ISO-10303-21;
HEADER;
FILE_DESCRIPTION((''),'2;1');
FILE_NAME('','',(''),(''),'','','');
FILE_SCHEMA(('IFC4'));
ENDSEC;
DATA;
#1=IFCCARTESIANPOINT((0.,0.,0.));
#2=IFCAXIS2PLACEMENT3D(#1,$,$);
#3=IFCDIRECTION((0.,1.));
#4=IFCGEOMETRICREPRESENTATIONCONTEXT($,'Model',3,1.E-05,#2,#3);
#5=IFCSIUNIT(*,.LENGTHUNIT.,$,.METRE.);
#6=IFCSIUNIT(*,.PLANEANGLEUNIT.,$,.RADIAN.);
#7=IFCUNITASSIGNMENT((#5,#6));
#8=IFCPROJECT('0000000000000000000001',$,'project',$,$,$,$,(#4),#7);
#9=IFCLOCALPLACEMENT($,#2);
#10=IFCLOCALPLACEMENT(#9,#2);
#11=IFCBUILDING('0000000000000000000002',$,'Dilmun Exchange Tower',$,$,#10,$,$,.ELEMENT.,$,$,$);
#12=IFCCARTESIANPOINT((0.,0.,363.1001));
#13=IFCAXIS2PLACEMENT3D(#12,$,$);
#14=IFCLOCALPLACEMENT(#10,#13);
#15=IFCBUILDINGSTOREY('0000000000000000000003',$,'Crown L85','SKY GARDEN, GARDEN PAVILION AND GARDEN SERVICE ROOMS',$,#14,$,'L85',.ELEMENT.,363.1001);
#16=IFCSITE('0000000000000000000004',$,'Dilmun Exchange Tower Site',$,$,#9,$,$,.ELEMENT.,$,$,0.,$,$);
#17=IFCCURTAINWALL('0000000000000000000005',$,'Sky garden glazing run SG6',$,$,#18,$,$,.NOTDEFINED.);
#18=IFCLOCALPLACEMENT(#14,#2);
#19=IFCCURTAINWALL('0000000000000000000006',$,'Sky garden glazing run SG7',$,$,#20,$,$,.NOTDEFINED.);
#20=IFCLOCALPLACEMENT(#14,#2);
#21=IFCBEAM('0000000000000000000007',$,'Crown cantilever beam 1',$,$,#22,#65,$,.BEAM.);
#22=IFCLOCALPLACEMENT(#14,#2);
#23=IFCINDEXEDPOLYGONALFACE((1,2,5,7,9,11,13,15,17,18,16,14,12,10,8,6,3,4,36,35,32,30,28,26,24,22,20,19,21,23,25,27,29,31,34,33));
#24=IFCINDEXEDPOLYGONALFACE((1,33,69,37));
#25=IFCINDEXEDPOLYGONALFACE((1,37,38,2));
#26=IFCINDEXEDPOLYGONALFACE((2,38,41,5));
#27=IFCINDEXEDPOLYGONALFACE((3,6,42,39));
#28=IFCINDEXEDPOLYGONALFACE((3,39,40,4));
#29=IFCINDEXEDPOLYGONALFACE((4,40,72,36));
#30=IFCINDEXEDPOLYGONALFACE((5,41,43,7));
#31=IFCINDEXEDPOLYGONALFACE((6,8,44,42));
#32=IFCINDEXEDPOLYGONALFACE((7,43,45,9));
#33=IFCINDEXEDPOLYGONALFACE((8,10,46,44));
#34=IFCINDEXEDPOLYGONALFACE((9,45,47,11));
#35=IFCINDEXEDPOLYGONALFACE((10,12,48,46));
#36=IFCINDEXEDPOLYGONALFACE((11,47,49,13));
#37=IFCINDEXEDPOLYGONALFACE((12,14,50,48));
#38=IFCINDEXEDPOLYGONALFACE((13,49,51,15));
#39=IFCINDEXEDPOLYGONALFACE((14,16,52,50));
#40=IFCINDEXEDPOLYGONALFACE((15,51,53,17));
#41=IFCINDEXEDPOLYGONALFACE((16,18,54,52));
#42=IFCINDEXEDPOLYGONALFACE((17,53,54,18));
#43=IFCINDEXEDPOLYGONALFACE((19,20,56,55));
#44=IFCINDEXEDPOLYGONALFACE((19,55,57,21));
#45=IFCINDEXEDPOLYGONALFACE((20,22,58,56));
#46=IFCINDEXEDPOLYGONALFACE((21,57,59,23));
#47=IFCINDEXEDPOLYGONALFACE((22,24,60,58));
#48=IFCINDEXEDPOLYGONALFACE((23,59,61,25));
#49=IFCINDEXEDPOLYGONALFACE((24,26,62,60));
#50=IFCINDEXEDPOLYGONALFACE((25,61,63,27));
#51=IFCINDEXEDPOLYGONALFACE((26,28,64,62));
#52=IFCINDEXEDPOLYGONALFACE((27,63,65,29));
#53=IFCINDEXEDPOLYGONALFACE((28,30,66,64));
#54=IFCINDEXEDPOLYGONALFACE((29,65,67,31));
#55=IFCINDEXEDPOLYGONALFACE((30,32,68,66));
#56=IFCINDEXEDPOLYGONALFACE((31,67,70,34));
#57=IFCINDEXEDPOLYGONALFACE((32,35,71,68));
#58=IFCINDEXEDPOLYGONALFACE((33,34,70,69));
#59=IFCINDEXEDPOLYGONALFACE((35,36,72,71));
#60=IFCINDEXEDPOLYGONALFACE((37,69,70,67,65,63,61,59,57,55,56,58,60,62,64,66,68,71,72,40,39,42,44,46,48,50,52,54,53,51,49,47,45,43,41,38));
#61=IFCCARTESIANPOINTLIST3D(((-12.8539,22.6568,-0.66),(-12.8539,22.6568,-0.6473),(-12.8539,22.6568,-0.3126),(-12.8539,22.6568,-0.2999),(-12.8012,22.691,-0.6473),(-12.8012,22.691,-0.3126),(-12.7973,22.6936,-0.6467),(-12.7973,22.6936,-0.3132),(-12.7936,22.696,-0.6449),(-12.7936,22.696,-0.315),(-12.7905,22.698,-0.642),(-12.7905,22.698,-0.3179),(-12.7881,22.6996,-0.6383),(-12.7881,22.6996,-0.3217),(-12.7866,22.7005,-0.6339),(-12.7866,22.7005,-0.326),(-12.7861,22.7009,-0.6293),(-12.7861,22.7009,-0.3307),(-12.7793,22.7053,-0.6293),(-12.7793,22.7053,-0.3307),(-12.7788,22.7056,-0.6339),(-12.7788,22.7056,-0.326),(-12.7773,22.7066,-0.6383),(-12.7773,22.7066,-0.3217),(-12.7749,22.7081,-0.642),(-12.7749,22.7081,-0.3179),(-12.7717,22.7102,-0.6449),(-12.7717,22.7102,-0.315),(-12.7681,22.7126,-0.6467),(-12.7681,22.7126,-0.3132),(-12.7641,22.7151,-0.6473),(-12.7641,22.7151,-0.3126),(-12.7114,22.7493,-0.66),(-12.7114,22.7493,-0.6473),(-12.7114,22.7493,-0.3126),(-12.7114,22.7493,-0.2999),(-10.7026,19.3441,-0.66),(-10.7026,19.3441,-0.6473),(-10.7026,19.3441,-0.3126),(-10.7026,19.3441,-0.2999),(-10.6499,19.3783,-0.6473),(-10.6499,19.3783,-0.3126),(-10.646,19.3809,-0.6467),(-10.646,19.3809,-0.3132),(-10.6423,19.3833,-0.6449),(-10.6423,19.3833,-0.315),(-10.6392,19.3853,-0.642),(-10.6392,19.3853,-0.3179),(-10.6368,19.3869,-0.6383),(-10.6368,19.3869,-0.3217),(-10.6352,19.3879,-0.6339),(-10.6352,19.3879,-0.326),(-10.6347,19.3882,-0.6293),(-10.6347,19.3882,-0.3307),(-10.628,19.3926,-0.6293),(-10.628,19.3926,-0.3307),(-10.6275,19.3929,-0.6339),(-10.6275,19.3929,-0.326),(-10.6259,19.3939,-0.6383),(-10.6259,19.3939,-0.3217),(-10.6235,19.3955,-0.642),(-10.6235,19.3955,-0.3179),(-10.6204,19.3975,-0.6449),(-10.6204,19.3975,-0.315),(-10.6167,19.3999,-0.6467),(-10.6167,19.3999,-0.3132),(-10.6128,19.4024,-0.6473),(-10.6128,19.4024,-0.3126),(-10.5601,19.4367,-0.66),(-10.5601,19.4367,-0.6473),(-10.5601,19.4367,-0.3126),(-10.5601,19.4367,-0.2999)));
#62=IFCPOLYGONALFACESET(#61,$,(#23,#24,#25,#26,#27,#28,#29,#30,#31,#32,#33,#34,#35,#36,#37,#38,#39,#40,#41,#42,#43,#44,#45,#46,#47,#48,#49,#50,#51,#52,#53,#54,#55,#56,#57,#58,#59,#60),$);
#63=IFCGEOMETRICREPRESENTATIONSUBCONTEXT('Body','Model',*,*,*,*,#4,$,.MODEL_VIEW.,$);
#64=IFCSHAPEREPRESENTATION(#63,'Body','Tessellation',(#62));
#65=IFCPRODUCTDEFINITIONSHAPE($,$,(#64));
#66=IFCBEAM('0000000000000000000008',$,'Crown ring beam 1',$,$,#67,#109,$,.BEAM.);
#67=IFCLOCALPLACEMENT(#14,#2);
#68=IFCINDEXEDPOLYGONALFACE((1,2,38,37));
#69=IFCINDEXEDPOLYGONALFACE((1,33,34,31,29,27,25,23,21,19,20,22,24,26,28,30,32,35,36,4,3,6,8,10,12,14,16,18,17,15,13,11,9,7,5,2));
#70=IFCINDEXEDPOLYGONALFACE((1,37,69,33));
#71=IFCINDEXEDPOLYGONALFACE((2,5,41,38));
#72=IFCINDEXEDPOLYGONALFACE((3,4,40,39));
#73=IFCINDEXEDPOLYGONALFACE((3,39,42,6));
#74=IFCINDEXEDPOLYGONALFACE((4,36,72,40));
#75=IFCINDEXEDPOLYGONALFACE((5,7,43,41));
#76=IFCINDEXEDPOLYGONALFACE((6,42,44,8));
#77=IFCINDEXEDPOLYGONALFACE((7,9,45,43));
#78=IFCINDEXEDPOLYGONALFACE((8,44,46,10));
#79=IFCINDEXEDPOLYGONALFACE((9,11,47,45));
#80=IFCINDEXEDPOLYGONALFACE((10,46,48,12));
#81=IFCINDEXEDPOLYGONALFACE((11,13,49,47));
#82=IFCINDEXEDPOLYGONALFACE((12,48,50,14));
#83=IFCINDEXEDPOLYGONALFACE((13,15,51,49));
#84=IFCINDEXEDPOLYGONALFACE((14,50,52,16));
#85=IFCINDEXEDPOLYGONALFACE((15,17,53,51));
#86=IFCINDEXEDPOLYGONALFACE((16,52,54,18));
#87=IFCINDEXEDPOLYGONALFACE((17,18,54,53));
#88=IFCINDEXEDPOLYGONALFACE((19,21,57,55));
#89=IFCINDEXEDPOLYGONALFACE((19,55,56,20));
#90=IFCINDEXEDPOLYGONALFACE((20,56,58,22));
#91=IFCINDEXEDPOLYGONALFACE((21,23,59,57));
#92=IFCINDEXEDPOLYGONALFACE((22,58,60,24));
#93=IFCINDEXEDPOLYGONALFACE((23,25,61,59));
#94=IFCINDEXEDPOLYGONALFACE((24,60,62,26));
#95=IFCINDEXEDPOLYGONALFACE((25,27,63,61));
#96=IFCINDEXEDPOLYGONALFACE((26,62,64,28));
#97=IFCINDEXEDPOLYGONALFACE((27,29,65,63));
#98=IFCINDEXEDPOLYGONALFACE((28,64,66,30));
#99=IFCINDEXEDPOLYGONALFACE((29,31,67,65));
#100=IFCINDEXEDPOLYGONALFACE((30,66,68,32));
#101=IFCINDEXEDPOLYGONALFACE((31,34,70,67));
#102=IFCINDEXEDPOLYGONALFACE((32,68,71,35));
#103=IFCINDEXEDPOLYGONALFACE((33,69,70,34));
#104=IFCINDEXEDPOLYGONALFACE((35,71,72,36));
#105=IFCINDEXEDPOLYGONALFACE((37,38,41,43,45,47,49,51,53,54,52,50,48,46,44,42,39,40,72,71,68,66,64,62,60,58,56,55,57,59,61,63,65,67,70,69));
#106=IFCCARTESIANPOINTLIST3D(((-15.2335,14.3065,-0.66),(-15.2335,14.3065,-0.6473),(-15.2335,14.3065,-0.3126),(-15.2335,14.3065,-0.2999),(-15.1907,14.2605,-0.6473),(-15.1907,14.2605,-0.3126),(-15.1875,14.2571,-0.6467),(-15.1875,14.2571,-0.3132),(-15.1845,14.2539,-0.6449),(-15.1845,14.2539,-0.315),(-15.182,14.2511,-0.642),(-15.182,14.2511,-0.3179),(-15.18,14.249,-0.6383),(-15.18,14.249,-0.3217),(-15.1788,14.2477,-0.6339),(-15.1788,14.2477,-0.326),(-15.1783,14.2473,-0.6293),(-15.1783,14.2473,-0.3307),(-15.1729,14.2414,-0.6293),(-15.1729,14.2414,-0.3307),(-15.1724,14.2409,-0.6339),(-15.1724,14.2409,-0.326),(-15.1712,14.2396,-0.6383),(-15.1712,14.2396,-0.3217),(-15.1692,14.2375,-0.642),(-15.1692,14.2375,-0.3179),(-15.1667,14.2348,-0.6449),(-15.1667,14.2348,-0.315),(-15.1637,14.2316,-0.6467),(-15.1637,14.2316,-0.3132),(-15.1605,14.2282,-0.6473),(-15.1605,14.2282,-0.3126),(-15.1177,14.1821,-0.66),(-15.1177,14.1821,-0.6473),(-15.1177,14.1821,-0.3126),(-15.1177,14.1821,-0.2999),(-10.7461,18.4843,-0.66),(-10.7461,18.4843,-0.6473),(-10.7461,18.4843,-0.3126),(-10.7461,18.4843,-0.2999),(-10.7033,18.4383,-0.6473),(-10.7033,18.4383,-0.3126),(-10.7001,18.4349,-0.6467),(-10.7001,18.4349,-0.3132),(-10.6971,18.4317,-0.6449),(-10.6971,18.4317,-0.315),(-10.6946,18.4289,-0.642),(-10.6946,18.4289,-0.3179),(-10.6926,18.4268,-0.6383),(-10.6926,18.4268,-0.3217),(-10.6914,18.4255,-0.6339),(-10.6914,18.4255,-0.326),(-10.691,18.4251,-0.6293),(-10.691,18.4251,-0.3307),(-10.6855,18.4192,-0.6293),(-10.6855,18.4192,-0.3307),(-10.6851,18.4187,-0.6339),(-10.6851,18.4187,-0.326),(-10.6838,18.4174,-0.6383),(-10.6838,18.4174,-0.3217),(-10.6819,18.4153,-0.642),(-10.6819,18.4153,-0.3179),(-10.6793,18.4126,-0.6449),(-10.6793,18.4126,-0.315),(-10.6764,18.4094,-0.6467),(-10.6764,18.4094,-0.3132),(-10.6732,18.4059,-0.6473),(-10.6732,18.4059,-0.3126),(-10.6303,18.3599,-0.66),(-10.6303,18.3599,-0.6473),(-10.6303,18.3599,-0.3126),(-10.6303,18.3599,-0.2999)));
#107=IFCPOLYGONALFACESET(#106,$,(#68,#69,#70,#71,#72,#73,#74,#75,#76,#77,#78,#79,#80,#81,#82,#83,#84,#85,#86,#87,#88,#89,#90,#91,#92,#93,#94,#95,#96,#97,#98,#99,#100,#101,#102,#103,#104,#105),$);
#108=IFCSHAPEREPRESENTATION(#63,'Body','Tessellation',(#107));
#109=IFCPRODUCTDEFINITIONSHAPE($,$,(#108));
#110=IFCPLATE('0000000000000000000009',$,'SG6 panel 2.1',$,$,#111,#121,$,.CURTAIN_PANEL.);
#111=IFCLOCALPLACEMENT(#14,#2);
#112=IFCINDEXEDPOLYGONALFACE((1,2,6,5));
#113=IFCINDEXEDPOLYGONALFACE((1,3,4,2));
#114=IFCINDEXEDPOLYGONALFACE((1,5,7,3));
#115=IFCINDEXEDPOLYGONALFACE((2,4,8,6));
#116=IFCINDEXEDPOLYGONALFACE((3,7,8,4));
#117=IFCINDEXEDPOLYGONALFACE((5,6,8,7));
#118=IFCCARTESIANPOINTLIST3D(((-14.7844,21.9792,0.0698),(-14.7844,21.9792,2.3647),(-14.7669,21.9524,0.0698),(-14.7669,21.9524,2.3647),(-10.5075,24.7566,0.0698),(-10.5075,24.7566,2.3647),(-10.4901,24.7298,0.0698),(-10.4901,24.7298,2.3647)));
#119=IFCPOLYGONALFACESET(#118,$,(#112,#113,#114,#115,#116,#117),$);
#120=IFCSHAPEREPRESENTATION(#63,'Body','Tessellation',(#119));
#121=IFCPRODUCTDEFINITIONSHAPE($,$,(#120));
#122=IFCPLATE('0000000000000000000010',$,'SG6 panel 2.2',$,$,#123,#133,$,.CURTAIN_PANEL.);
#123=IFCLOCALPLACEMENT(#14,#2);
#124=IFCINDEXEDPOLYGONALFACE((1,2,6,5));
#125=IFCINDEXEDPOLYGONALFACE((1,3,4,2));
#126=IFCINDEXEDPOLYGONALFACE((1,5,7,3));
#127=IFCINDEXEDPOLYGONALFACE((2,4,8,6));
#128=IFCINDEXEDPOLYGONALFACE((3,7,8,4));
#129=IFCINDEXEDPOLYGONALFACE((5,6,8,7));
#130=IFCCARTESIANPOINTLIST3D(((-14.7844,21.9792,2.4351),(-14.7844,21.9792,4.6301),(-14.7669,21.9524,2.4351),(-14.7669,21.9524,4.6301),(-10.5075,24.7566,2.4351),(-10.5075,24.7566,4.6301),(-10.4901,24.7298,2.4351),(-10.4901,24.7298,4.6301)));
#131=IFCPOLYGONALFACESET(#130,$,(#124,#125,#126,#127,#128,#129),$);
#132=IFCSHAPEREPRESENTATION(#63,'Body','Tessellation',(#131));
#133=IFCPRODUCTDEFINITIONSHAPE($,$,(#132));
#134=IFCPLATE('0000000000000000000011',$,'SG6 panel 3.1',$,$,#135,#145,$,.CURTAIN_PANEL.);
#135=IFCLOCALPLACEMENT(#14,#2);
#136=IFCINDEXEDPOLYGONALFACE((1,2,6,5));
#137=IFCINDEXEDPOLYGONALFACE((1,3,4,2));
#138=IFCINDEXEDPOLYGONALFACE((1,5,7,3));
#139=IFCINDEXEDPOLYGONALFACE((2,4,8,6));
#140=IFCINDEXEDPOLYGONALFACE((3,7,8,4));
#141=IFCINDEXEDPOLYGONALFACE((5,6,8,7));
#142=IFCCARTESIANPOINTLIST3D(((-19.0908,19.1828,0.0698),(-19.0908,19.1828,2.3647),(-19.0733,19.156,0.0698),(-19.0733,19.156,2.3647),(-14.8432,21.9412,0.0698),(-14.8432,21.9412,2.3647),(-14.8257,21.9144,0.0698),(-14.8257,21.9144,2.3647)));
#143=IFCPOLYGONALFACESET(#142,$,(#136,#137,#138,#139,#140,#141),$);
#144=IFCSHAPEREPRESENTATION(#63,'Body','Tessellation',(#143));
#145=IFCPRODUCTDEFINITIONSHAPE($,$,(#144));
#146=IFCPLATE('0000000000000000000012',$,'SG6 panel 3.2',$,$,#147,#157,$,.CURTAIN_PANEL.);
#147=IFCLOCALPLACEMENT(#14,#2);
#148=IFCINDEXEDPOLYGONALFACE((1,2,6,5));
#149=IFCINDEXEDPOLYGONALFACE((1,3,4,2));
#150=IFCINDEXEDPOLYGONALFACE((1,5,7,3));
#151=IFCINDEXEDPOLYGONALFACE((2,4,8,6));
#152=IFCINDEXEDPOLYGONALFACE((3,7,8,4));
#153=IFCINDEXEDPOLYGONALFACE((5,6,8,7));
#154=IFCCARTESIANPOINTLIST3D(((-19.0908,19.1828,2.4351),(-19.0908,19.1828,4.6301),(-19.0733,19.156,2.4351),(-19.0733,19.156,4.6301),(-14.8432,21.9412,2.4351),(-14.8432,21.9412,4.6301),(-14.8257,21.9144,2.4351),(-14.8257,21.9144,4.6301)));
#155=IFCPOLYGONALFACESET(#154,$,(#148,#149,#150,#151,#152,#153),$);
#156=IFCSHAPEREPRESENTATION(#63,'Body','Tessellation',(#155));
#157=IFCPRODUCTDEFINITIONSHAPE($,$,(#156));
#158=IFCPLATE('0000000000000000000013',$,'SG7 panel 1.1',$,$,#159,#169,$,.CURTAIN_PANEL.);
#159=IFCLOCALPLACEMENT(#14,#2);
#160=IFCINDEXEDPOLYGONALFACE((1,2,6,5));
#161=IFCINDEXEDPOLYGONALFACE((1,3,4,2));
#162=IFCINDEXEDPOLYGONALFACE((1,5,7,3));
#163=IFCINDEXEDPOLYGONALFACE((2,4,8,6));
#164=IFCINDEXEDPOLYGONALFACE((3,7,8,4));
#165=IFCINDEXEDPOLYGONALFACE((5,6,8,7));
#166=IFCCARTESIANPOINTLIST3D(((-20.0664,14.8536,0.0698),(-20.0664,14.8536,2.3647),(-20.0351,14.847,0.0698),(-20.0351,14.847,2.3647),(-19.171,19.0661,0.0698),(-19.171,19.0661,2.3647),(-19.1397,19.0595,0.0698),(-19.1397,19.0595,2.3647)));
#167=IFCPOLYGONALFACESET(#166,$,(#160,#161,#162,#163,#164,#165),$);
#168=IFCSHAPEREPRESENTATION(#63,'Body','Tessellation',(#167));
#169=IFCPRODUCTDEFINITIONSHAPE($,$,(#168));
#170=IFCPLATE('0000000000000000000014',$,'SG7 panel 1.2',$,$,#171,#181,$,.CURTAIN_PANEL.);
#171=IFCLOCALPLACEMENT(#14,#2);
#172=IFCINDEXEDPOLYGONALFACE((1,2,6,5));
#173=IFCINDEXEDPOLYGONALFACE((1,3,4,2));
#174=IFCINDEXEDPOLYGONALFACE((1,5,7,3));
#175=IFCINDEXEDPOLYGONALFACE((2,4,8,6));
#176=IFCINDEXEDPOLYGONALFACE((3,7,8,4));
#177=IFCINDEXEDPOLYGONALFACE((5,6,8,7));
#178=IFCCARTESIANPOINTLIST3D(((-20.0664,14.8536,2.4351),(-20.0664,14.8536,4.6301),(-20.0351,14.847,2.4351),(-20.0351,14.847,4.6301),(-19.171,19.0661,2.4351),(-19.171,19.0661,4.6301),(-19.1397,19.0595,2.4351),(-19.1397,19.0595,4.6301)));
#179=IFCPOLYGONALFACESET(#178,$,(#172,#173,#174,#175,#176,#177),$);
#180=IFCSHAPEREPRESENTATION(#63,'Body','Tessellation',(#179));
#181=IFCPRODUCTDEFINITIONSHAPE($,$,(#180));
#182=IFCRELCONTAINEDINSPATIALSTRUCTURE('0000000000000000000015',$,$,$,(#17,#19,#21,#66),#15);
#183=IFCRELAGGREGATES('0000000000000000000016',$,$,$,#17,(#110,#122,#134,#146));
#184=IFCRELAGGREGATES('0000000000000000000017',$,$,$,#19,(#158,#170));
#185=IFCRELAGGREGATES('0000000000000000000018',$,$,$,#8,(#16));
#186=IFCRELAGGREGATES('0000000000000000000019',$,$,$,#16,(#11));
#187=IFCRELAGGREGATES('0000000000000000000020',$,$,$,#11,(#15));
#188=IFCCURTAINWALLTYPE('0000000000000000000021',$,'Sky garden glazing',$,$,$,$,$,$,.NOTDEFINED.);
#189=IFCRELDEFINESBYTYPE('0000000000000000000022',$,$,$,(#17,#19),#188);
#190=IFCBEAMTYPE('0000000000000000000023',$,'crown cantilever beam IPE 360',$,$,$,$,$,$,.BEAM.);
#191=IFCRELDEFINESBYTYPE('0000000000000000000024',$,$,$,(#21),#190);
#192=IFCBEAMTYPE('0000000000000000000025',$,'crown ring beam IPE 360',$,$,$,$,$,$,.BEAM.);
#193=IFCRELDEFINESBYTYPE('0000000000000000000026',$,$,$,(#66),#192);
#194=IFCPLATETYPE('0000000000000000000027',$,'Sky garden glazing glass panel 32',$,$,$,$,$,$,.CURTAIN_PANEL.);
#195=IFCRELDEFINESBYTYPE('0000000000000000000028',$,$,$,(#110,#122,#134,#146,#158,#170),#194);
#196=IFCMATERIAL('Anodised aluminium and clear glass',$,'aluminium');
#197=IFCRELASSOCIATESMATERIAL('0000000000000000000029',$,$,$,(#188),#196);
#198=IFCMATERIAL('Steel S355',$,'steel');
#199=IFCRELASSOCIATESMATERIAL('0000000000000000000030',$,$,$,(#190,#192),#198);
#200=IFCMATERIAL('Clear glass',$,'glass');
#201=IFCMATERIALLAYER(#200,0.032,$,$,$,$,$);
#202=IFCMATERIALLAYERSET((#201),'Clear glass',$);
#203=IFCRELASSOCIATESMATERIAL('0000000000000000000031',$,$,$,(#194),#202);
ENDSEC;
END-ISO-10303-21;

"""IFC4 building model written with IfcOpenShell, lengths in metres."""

from ifc_helpers import new_model, si_unit, direction, frame, origin, origin_2d, place, context, subcontext, project, spatial, rectangle, i_section, extrude, material, layer, layer_set, material_profile, profile_set, type_object, element, aggregate, save


model = new_model("IFC4")

# Units and contexts
model_context = context("Model", 3, precision=1e-05, world=origin(), true_north=direction((0.0, 1.0)))
body_context = subcontext(model_context, "Body", "Model", "MODEL_VIEW")
ifc_project = project(units=[si_unit("LENGTHUNIT", "METRE"), si_unit("PLANEANGLEUNIT", "RADIAN")], contexts=[model_context])

# Site, building, storey
site_placement = place(None, origin())
site = spatial("IfcSite", under=ifc_project, at=site_placement, Name="Dilmun Exchange Tower Site", CompositionType="ELEMENT", RefElevation=0.0)
building_placement = place(site_placement, origin())
building = spatial("IfcBuilding", under=site, at=building_placement, Name="Dilmun Exchange Tower", CompositionType="ELEMENT")
storey_placement = place(building_placement, frame((0.0, 0.0, 363.1001)))
storey = spatial("IfcBuildingStorey", under=building, at=storey_placement, Name="Crown L85", Description="SKY GARDEN, GARDEN PAVILION AND GARDEN SERVICE ROOMS", LongName="L85", CompositionType="ELEMENT", Elevation=363.1001)

# Curtain walls
ifc_material_1 = material(Name="Anodised aluminium and clear glass", Category="aluminium")
curtain_wall_type = type_object("IfcCurtainWallType", Name="Sky garden glazing", PredefinedType="NOTDEFINED", material=ifc_material_1)
curtain_wall_1_placement = place(storey_placement, origin())
curtain_wall_1 = element("IfcCurtainWall", 1, at=curtain_wall_1_placement, inside=storey, type_object=curtain_wall_type, Name="Sky garden glazing run SG6", PredefinedType="NOTDEFINED")
curtain_wall_2_placement = place(storey_placement, origin())
curtain_wall_2 = element("IfcCurtainWall", 2, at=curtain_wall_2_placement, inside=storey, type_object=curtain_wall_type, Name="Sky garden glazing run SG7", PredefinedType="NOTDEFINED")

# Beams
ifc_material_2 = material(Name="Steel S355", Category="steel")
ifc_material_profile_1 = material_profile(ifc_material_2, i_section(OverallWidth=0.1699, OverallDepth=0.3601, WebThickness=0.0081, FlangeThickness=0.0127, FilletRadius=0.0181, at=origin_2d()), Name="IPE 360")
ifc_profile_set_1 = profile_set([ifc_material_profile_1], Name="Steel S355")
beam_type_1 = type_object("IfcBeamType", Name="crown cantilever beam IPE 360", PredefinedType="BEAM", material=ifc_profile_set_1)
beam_1_placement = place(storey_placement, frame((-10.6313, 19.3904, -0.48), z_axis=(-0.544647, 0.838665, 0.0), x_axis=(-0.838665, -0.544647, 0.0)))
element("IfcBeam", 3, at=beam_1_placement, inside=storey, type_object=beam_type_1, Name="Crown cantilever beam 1", PredefinedType="BEAM", context=body_context, shape_type="SweptSolid", body=[
    extrude(i_section(OverallWidth=0.1699, OverallDepth=0.3601, WebThickness=0.0081, FlangeThickness=0.0127, FilletRadius=0.0181, at=origin_2d()), origin(), (0.0, 0.0, 1.0), 3.95),
])
ifc_material_profile_2 = material_profile(ifc_material_2, i_section(OverallWidth=0.1699, OverallDepth=0.3601, WebThickness=0.0081, FlangeThickness=0.0127, FilletRadius=0.0181, at=origin_2d()), Name="IPE 360")
ifc_profile_set_2 = profile_set([ifc_material_profile_2], Name="Steel S355")
beam_type_2 = type_object("IfcBeamType", Name="crown ring beam IPE 360", PredefinedType="BEAM", material=ifc_profile_set_2)
beam_2_placement = place(storey_placement, frame((-10.6882, 18.4221, -0.48), z_axis=(-0.731902, -0.68141, 0.0), x_axis=(0.68141, -0.731902, 0.0)))
element("IfcBeam", 4, at=beam_2_placement, inside=storey, type_object=beam_type_2, Name="Crown ring beam 1", PredefinedType="BEAM", context=body_context, shape_type="SweptSolid", body=[
    extrude(i_section(OverallWidth=0.1699, OverallDepth=0.3601, WebThickness=0.0081, FlangeThickness=0.0127, FilletRadius=0.0181, at=origin_2d()), origin(), (0.0, 0.0, 1.0), 6.1311),
])

# Plates
ifc_material_3 = material(Name="Clear glass", Category="glass")
ifc_layer_1 = layer(ifc_material_3, 0.032)
ifc_layer_set_1 = layer_set([ifc_layer_1], Name="Clear glass")
plate_type = type_object("IfcPlateType", Name="Sky garden glazing glass panel 32", PredefinedType="CURTAIN_PANEL", material=ifc_layer_set_1)
plate_1_placement = place(storey_placement, frame((-12.6372, 23.3545, 0.0698), z_axis=(0.0, 0.0, 1.0), x_axis=(-0.838671, -0.544638, 0.0)))
plate_1 = element("IfcPlate", 5, at=plate_1_placement, type_object=plate_type, Name="SG6 panel 2.1", PredefinedType="CURTAIN_PANEL", context=body_context, shape_type="SweptSolid", body=[
    extrude(rectangle(XDim=5.0996, YDim=0.032, at=origin_2d()), origin(), (0.0, 0.0, 1.0), 2.2949),
])
plate_2_placement = place(storey_placement, frame((-12.6372, 23.3545, 2.4351), z_axis=(0.0, 0.0, 1.0), x_axis=(-0.838671, -0.544638, 0.0)))
plate_2 = element("IfcPlate", 6, at=plate_2_placement, type_object=plate_type, Name="SG6 panel 2.2", PredefinedType="CURTAIN_PANEL", context=body_context, shape_type="SweptSolid", body=[
    extrude(rectangle(XDim=5.0996, YDim=0.032, at=origin_2d()), origin(), (0.0, 0.0, 1.0), 2.1951),
])
plate_3_placement = place(storey_placement, frame((-16.9583, 20.5486, 0.0698), z_axis=(0.0, 0.0, 1.0), x_axis=(-0.838671, -0.544638, 0.0)))
plate_3 = element("IfcPlate", 7, at=plate_3_placement, type_object=plate_type, Name="SG6 panel 3.1", PredefinedType="CURTAIN_PANEL", context=body_context, shape_type="SweptSolid", body=[
    extrude(rectangle(XDim=5.0647, YDim=0.032, at=origin_2d()), origin(), (0.0, 0.0, 1.0), 2.2949),
])
plate_4_placement = place(storey_placement, frame((-16.9583, 20.5486, 2.4351), z_axis=(0.0, 0.0, 1.0), x_axis=(-0.838671, -0.544638, 0.0)))
plate_4 = element("IfcPlate", 8, at=plate_4_placement, type_object=plate_type, Name="SG6 panel 3.2", PredefinedType="CURTAIN_PANEL", context=body_context, shape_type="SweptSolid", body=[
    extrude(rectangle(XDim=5.0647, YDim=0.032, at=origin_2d()), origin(), (0.0, 0.0, 1.0), 2.1951),
])
aggregate(curtain_wall_1, [plate_1, plate_2, plate_3, plate_4])
plate_5_placement = place(storey_placement, frame((-19.603, 16.9565, 0.0698), z_axis=(0.0, 0.0, 1.0), x_axis=(-0.207911, -0.978148, 0.0)))
plate_5 = element("IfcPlate", 9, at=plate_5_placement, type_object=plate_type, Name="SG7 panel 1.1", PredefinedType="CURTAIN_PANEL", context=body_context, shape_type="SweptSolid", body=[
    extrude(rectangle(XDim=4.3066, YDim=0.032, at=origin_2d()), origin(), (0.0, 0.0, 1.0), 2.2949),
])
plate_6_placement = place(storey_placement, frame((-19.603, 16.9565, 2.4351), z_axis=(0.0, 0.0, 1.0), x_axis=(-0.207911, -0.978148, 0.0)))
plate_6 = element("IfcPlate", 10, at=plate_6_placement, type_object=plate_type, Name="SG7 panel 1.2", PredefinedType="CURTAIN_PANEL", context=body_context, shape_type="SweptSolid", body=[
    extrude(rectangle(XDim=4.3066, YDim=0.032, at=origin_2d()), origin(), (0.0, 0.0, 1.0), 2.1951),
])
aggregate(curtain_wall_2, [plate_5, plate_6])

save(model, "model.ifc")
